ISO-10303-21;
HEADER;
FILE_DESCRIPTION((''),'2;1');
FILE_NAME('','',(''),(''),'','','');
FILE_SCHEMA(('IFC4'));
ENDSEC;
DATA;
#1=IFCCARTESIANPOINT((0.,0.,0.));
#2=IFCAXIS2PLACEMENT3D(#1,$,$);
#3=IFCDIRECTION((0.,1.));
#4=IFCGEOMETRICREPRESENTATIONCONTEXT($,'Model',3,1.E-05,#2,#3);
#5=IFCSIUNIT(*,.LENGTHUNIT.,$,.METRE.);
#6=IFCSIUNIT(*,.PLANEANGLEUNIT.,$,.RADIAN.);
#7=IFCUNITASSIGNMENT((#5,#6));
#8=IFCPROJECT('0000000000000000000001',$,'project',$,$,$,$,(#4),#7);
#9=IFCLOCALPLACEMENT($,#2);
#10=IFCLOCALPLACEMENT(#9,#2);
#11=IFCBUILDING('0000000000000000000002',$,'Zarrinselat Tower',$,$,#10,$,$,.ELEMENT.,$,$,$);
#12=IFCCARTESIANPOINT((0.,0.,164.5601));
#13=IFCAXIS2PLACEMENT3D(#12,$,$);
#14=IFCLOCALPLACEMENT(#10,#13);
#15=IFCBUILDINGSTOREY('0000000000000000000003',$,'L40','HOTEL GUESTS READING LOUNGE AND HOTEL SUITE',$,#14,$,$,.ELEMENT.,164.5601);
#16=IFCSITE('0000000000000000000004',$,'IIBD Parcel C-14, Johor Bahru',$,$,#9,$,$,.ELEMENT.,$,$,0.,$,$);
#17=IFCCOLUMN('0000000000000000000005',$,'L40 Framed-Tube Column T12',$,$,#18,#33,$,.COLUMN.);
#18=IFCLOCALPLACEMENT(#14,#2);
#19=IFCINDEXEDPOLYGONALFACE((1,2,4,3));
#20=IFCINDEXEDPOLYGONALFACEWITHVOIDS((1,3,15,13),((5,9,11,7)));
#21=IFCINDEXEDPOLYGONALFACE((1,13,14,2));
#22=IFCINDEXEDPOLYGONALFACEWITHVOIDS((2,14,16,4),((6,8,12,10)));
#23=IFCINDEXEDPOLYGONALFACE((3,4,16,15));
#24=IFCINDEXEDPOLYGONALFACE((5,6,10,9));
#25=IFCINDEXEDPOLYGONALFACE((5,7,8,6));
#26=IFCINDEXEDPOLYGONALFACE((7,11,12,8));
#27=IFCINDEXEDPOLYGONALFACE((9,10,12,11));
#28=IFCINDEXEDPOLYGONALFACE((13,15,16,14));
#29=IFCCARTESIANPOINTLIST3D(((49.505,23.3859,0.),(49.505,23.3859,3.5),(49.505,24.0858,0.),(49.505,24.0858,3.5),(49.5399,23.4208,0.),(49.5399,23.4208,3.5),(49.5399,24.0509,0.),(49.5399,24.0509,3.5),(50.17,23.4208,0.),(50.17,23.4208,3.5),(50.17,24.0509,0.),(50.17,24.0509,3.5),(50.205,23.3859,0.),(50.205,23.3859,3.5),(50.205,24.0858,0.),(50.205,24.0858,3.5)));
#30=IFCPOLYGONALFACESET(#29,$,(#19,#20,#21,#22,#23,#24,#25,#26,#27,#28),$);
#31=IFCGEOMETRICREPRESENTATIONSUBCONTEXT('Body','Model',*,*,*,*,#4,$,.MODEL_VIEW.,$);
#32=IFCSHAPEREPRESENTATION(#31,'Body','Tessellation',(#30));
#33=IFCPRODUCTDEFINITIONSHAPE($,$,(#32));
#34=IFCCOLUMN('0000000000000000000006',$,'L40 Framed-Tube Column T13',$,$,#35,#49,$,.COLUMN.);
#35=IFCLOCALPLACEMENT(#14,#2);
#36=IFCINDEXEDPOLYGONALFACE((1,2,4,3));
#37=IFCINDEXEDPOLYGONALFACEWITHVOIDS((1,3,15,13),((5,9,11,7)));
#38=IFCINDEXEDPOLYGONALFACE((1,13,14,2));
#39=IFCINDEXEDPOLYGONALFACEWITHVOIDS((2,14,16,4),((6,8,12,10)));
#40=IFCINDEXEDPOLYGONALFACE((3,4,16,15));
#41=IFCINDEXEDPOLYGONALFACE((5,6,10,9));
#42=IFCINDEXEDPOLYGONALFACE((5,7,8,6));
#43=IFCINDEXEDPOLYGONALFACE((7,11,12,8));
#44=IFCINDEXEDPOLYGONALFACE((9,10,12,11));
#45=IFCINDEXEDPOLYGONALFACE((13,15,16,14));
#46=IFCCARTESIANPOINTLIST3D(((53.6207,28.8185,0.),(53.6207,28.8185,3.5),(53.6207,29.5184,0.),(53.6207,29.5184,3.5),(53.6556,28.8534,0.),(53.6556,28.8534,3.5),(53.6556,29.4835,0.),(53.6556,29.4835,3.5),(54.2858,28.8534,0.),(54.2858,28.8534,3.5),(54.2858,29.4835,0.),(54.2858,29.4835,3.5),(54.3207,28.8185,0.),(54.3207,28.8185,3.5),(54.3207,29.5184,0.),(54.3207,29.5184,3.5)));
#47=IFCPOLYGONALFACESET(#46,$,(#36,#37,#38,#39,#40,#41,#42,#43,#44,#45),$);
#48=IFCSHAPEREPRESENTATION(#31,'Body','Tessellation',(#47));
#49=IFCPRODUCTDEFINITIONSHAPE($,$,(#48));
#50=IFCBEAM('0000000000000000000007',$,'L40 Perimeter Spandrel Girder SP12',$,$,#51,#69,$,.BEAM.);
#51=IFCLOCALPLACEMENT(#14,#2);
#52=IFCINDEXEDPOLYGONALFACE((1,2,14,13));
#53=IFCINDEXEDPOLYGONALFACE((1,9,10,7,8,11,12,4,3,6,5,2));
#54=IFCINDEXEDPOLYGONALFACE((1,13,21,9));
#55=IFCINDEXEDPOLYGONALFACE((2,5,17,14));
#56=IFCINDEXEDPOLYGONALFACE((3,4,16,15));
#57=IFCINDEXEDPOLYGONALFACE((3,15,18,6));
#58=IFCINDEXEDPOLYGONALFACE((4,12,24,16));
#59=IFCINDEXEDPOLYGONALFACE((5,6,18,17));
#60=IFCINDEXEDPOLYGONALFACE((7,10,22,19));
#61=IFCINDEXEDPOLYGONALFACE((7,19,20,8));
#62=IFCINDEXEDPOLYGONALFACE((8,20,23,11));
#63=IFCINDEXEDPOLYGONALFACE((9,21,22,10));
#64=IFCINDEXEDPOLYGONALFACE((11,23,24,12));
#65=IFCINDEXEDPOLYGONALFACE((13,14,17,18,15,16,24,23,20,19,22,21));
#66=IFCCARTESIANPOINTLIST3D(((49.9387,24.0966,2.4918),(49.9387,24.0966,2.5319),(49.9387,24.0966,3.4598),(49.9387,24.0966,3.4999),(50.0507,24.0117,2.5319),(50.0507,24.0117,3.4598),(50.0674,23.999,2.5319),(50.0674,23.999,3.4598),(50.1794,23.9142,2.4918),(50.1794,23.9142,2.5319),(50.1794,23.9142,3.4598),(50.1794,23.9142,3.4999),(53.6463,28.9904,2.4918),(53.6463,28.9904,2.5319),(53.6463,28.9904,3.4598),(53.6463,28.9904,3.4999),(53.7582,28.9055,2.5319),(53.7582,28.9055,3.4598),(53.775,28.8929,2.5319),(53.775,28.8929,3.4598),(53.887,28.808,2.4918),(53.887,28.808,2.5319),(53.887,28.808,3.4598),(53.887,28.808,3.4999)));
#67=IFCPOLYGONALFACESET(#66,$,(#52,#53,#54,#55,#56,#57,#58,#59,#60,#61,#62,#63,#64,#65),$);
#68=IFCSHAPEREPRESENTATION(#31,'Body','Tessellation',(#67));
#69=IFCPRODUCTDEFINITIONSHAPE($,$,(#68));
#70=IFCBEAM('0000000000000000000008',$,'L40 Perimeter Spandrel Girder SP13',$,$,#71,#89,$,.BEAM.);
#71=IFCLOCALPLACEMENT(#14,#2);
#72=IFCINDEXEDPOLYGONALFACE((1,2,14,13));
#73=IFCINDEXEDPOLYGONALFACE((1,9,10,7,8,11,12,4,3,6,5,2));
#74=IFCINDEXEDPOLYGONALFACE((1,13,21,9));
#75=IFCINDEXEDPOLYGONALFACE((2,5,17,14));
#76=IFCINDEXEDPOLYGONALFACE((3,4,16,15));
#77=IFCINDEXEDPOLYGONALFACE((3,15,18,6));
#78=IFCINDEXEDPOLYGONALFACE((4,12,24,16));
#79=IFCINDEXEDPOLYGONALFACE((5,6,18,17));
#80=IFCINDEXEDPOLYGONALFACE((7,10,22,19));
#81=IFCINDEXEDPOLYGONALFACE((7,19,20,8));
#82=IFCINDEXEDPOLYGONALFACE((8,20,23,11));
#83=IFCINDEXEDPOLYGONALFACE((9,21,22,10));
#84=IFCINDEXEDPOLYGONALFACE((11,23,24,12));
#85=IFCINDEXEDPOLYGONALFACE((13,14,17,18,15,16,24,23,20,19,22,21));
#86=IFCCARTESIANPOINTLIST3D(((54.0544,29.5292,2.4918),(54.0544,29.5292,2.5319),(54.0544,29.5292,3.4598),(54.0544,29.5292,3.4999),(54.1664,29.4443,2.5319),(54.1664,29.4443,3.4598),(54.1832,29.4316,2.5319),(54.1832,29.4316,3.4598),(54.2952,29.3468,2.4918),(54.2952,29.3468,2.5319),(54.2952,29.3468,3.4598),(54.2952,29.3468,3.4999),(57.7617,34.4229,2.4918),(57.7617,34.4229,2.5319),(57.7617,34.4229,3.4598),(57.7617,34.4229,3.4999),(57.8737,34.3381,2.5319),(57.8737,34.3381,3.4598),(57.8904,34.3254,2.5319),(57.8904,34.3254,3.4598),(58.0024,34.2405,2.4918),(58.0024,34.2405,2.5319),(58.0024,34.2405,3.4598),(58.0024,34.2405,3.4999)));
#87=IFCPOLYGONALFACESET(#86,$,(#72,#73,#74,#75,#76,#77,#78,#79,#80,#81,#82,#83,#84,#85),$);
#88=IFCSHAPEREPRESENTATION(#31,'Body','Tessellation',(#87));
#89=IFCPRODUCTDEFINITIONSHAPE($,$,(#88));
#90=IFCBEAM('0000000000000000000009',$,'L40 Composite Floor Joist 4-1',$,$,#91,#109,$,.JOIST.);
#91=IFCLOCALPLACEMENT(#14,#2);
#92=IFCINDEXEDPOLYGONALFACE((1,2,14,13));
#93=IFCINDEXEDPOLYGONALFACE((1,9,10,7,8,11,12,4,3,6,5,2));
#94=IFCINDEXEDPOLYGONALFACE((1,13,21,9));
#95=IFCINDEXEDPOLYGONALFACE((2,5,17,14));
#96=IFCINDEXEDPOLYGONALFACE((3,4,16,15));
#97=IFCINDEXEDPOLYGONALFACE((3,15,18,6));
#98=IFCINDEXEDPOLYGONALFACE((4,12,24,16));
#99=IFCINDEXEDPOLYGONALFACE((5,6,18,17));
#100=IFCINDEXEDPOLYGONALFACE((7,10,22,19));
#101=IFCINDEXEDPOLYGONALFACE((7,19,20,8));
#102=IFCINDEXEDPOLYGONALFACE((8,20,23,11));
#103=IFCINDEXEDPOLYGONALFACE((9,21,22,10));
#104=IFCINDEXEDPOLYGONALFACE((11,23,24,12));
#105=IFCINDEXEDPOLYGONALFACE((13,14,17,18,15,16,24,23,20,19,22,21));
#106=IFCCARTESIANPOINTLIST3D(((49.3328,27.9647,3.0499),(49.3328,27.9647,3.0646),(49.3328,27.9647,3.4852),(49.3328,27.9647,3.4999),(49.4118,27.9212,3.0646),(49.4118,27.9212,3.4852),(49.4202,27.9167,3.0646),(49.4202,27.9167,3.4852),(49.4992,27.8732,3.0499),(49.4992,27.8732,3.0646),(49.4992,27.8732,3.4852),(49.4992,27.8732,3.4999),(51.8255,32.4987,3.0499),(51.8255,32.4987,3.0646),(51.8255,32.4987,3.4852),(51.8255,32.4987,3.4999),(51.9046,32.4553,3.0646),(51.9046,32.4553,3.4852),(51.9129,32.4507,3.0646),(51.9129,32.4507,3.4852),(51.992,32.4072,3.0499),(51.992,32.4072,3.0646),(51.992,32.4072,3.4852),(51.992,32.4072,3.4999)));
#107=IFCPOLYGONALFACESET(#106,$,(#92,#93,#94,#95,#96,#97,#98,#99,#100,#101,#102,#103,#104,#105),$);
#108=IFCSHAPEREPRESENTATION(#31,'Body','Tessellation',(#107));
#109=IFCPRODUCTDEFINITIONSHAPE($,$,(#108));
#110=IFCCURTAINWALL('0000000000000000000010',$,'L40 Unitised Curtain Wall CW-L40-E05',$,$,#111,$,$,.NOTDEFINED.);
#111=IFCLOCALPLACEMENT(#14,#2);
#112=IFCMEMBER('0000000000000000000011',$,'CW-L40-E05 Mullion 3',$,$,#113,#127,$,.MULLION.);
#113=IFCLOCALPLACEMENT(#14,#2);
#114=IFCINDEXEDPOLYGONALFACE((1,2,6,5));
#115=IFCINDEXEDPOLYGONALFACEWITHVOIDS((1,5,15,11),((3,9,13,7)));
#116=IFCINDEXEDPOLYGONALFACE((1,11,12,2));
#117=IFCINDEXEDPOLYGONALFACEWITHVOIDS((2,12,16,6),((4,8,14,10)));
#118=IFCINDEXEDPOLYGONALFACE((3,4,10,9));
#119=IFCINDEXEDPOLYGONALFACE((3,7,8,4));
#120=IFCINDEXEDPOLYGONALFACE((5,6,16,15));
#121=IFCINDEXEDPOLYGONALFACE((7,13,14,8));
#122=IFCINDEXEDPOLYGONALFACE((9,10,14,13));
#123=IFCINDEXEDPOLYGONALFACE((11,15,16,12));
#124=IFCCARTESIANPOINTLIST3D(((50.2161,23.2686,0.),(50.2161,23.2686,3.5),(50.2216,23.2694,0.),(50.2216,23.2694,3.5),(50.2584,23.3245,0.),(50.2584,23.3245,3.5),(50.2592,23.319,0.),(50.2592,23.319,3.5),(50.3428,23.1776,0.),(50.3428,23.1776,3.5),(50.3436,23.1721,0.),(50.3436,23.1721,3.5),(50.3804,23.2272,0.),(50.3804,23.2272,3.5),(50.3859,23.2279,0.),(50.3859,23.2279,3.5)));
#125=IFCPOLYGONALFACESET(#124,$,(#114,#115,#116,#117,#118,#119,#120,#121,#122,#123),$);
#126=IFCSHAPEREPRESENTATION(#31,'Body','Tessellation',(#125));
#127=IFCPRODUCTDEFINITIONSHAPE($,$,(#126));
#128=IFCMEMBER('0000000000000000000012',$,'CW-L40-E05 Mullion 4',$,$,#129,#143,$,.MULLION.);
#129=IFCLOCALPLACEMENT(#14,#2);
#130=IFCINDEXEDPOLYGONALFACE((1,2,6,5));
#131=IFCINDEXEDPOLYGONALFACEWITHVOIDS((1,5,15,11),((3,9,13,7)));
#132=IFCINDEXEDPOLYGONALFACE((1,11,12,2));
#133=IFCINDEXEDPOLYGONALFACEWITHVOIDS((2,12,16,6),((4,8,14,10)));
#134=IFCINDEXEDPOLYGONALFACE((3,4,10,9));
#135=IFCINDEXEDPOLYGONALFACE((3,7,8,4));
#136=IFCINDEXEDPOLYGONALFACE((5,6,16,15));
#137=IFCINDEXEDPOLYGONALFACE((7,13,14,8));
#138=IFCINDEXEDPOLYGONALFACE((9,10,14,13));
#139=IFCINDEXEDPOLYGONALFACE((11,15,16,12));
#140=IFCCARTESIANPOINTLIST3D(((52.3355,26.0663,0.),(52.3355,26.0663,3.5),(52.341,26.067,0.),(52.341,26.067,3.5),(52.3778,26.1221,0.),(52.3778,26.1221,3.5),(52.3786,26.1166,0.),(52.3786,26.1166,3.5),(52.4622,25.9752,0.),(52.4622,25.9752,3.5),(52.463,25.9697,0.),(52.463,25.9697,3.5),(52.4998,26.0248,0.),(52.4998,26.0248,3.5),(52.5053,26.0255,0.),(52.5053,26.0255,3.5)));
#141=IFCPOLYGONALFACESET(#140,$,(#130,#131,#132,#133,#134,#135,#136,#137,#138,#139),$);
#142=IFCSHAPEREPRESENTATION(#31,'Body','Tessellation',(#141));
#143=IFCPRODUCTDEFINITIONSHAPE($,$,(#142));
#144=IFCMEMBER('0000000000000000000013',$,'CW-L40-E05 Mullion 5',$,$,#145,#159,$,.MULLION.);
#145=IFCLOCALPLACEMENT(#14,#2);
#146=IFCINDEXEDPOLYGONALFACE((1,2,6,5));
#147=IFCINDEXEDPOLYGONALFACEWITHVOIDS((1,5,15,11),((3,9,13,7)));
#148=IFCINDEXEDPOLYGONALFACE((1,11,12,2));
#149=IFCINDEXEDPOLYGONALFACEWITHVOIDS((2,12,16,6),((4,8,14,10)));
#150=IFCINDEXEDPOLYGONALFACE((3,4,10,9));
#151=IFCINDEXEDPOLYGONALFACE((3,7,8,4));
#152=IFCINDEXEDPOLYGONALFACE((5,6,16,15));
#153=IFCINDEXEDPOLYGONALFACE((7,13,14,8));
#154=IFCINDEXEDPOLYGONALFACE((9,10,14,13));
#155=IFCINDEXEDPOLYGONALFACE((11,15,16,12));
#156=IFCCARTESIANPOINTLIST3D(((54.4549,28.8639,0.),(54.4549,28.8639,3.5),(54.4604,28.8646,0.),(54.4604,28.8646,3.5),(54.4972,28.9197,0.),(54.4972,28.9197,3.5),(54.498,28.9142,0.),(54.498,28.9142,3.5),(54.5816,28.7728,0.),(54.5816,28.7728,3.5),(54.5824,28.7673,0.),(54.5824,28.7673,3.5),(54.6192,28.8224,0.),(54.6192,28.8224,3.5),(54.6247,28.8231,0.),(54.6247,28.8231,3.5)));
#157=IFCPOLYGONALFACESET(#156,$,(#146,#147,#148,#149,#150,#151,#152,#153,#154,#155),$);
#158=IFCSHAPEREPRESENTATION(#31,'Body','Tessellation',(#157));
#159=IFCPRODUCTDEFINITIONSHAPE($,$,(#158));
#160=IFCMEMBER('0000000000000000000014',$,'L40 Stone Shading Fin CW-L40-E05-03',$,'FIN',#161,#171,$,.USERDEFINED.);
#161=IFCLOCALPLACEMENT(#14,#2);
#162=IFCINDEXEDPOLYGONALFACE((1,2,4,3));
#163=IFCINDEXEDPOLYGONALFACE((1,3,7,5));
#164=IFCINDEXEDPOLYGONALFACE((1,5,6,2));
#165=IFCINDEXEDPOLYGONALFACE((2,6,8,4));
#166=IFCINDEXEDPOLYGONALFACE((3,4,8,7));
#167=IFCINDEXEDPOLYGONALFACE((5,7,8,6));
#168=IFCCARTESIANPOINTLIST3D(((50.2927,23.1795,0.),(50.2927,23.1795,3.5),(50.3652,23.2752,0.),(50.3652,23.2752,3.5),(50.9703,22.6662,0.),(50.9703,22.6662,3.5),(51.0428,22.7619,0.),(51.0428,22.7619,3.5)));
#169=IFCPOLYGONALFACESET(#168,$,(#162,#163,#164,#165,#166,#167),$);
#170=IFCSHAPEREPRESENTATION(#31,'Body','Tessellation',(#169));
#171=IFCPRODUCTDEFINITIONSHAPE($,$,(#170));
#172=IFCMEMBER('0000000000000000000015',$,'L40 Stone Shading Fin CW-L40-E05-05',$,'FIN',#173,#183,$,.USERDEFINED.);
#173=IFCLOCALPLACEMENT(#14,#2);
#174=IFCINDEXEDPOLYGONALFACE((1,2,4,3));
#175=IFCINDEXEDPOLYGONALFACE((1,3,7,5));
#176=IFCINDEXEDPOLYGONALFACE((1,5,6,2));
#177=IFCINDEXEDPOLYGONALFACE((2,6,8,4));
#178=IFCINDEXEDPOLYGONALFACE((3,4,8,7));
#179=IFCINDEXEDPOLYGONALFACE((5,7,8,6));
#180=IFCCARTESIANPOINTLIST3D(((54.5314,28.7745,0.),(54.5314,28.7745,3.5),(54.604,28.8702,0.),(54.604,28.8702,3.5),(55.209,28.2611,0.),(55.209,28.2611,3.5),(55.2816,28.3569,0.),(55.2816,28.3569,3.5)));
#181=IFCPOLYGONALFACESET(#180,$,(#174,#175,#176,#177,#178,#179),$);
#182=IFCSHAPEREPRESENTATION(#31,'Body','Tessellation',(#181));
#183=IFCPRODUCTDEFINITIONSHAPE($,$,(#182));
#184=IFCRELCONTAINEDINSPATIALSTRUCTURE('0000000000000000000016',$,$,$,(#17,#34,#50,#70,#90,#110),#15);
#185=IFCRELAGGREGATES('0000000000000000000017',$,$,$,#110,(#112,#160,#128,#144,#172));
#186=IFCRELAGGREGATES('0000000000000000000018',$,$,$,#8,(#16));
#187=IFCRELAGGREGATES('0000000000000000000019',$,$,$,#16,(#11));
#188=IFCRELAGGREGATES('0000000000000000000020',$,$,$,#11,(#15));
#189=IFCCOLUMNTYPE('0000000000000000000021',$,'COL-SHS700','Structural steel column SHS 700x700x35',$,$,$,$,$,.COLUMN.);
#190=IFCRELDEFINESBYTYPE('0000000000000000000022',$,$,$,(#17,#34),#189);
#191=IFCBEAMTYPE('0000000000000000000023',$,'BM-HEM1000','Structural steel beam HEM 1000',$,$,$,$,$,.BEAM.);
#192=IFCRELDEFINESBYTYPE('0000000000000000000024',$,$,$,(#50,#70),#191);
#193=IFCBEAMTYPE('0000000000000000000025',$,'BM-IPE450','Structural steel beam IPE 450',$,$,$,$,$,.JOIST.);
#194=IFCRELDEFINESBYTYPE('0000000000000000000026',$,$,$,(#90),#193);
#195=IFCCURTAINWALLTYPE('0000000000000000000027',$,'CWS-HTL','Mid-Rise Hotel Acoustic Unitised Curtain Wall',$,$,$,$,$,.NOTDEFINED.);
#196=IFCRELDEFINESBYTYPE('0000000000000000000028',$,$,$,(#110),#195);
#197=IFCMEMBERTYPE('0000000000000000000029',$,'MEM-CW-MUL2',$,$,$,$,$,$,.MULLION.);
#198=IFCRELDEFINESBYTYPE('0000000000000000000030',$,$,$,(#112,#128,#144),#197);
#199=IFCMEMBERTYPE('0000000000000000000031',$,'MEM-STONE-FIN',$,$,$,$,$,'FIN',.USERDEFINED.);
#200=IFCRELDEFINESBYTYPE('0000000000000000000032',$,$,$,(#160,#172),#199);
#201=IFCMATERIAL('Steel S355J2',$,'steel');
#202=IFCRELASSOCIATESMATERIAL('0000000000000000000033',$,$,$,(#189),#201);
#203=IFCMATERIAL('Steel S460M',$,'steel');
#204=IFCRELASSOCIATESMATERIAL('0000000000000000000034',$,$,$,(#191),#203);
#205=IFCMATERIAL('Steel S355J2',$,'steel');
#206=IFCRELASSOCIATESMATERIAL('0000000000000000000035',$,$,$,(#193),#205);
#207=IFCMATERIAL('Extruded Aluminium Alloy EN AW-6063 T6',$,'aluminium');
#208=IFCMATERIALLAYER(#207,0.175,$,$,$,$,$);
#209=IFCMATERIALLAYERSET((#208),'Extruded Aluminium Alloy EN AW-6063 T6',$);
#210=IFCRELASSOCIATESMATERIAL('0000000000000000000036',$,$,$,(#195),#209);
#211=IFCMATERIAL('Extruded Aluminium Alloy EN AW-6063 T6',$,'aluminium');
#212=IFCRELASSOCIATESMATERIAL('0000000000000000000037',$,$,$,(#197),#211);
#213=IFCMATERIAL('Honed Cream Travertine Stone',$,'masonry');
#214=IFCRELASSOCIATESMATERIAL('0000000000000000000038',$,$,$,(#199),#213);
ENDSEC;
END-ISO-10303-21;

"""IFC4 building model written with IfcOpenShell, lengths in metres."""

from ifc_helpers import new_model, si_unit, direction, frame, origin, origin_2d, place, context, subcontext, project, spatial, rectangle, hollow_rectangle, i_section, extrude, material, layer, layer_set, material_profile, profile_set, type_object, element, aggregate, save


model = new_model("IFC4")

# Units and contexts
model_context = context("Model", 3, precision=1e-05, world=origin(), true_north=direction((0.0, 1.0)))
body_context = subcontext(model_context, "Body", "Model", "MODEL_VIEW")
ifc_project = project(units=[si_unit("LENGTHUNIT", "METRE"), si_unit("PLANEANGLEUNIT", "RADIAN")], contexts=[model_context])

# Site, building, storey
site_placement = place(None, origin())
site = spatial("IfcSite", under=ifc_project, at=site_placement, Name="IIBD Parcel C-14, Johor Bahru", CompositionType="ELEMENT", RefElevation=0.0)
building_placement = place(site_placement, origin())
building = spatial("IfcBuilding", under=site, at=building_placement, Name="Zarrinselat Tower", CompositionType="ELEMENT")
storey_placement = place(building_placement, frame((0.0, 0.0, 164.5601)))
storey = spatial("IfcBuildingStorey", under=building, at=storey_placement, Name="L40", Description="HOTEL GUESTS READING LOUNGE AND HOTEL SUITE", CompositionType="ELEMENT", Elevation=164.5601)

# Columns
ifc_material_1 = material(Name="Steel S355J2", Category="steel")
ifc_material_profile_1 = material_profile(ifc_material_1, hollow_rectangle(XDim=0.7, YDim=0.7, WallThickness=0.0349, at=origin_2d()), Name="SHS 700x700x35")
ifc_profile_set_1 = profile_set([ifc_material_profile_1], Name="Steel S355J2")
column_type = type_object("IfcColumnType", Name="COL-SHS700", Description="Structural steel column SHS 700x700x35", PredefinedType="COLUMN", material=ifc_profile_set_1)
for number, where, z_axis, x_axis, name in (
    (1, (49.855, 23.7358, 0.0), (0.0, 0.0, 1.0), (1.0, 0.0, 0.0), "L40 Framed-Tube Column T12"),
    (2, (53.9707, 29.1685, 0.0), (0.0, 0.0, 1.0), (1.0, 0.0, 0.0), "L40 Framed-Tube Column T13"),
):
    element("IfcColumn", number, at=place(storey_placement, frame(where, z_axis=z_axis, x_axis=x_axis)), inside=storey, type_object=column_type, Name=name, PredefinedType="COLUMN", context=body_context, shape_type="SweptSolid", body=[
        extrude(hollow_rectangle(XDim=0.7, YDim=0.7, WallThickness=0.0349, at=origin_2d()), origin(), (0.0, 0.0, 1.0), 3.5),
    ])

# Beams
ifc_material_2 = material(Name="Steel S460M", Category="steel")
ifc_material_profile_2 = material_profile(ifc_material_2, i_section(OverallWidth=0.302, OverallDepth=1.0081, WebThickness=0.021, FlangeThickness=0.04, at=origin_2d()), Name="HEM 1000")
ifc_profile_set_2 = profile_set([ifc_material_profile_2], Name="Steel S460M")
beam_type_1 = type_object("IfcBeamType", Name="BM-HEM1000", Description="Structural steel beam HEM 1000", PredefinedType="BEAM", material=ifc_profile_set_2)
beam_1_placement = place(storey_placement, frame((50.0591, 24.0054, 2.9958), z_axis=(0.603868, 0.797085, 0.0), x_axis=(-0.797085, 0.603868, 0.0)))
element("IfcBeam", 3, at=beam_1_placement, inside=storey, type_object=beam_type_1, Name="L40 Perimeter Spandrel Girder SP12", PredefinedType="BEAM", context=body_context, shape_type="SweptSolid", body=[
    extrude(i_section(OverallWidth=0.302, OverallDepth=1.0081, WebThickness=0.021, FlangeThickness=0.04, at=origin_2d()), origin(), (0.0, 0.0, 1.0), 6.1396),
])
beam_2_placement = place(storey_placement, frame((54.1748, 29.438, 2.9958), z_axis=(0.603842, 0.797104, 0.0), x_axis=(-0.797104, 0.603842, 0.0)))
element("IfcBeam", 4, at=beam_2_placement, inside=storey, type_object=beam_type_1, Name="L40 Perimeter Spandrel Girder SP13", PredefinedType="BEAM", context=body_context, shape_type="SweptSolid", body=[
    extrude(i_section(OverallWidth=0.302, OverallDepth=1.0081, WebThickness=0.021, FlangeThickness=0.04, at=origin_2d()), origin(), (0.0, 0.0, 1.0), 6.1394),
])
ifc_material_3 = material(Name="Steel S355J2", Category="steel")
ifc_material_profile_3 = material_profile(ifc_material_3, i_section(OverallWidth=0.1899, OverallDepth=0.45, WebThickness=0.0095, FlangeThickness=0.0146, at=origin_2d()), Name="IPE 450")
ifc_profile_set_3 = profile_set([ifc_material_profile_3], Name="Steel S355J2")
beam_type_2 = type_object("IfcBeamType", Name="BM-IPE450", Description="Structural steel beam IPE 450", PredefinedType="JOIST", material=ifc_profile_set_3)
beam_3_placement = place(storey_placement, frame((49.416, 27.9189, 3.2749), z_axis=(0.481772, 0.876297, 0.0), x_axis=(-0.876297, 0.481772, 0.0)))
element("IfcBeam", 5, at=beam_3_placement, inside=storey, type_object=beam_type_2, Name="L40 Composite Floor Joist 4-1", PredefinedType="JOIST", context=body_context, shape_type="SweptSolid", body=[
    extrude(i_section(OverallWidth=0.1899, OverallDepth=0.45, WebThickness=0.0095, FlangeThickness=0.0146, at=origin_2d()), origin(), (0.0, 0.0, 1.0), 5.1741),
])

# Curtain wall, members
ifc_material_4 = material(Name="Extruded Aluminium Alloy EN AW-6063 T6", Category="aluminium")
ifc_layer_1 = layer(ifc_material_4, 0.175)
ifc_layer_set_1 = layer_set([ifc_layer_1], Name="Extruded Aluminium Alloy EN AW-6063 T6")
curtain_wall_type = type_object("IfcCurtainWallType", Name="CWS-HTL", Description="Mid-Rise Hotel Acoustic Unitised Curtain Wall", PredefinedType="NOTDEFINED", material=ifc_layer_set_1)
curtain_wall_placement = place(storey_placement, origin())
curtain_wall = element("IfcCurtainWall", 6, at=curtain_wall_placement, inside=storey, type_object=curtain_wall_type, Name="L40 Unitised Curtain Wall CW-L40-E05", PredefinedType="NOTDEFINED")
ifc_material_5 = material(Name="Extruded Aluminium Alloy EN AW-6063 T6", Category="aluminium")
ifc_material_profile_4 = material_profile(ifc_material_5, hollow_rectangle(XDim=0.0701, YDim=0.1599, WallThickness=0.0039, at=origin_2d()), Name="RHS 160x70x4")
ifc_profile_set_4 = profile_set([ifc_material_profile_4], Name="Extruded Aluminium Alloy EN AW-6063 T6")
member_type_1 = type_object("IfcMemberType", Name="MEM-CW-MUL2", PredefinedType="MULLION", material=ifc_profile_set_4)
member_1_placement = place(storey_placement, frame((50.301, 23.2483, 0.0), z_axis=(0.0, 0.0, 1.0), x_axis=(0.603859, 0.797091, 0.0)))
member_1 = element("IfcMember", 7, at=member_1_placement, type_object=member_type_1, Name="CW-L40-E05 Mullion 3", PredefinedType="MULLION", context=body_context, shape_type="SweptSolid", body=[
    extrude(hollow_rectangle(XDim=0.0701, YDim=0.1599, WallThickness=0.0039, at=origin_2d()), origin(), (0.0, 0.0, 1.0), 3.5),
])
member_2_placement = place(storey_placement, frame((52.4204, 26.0459, 0.0), z_axis=(0.0, 0.0, 1.0), x_axis=(0.603859, 0.797091, 0.0)))
member_2 = element("IfcMember", 8, at=member_2_placement, type_object=member_type_1, Name="CW-L40-E05 Mullion 4", PredefinedType="MULLION", context=body_context, shape_type="SweptSolid", body=[
    extrude(hollow_rectangle(XDim=0.0701, YDim=0.1599, WallThickness=0.0039, at=origin_2d()), origin(), (0.0, 0.0, 1.0), 3.5),
])
member_3_placement = place(storey_placement, frame((54.5398, 28.8435, 0.0), z_axis=(0.0, 0.0, 1.0), x_axis=(0.603859, 0.797091, 0.0)))
member_3 = element("IfcMember", 9, at=member_3_placement, type_object=member_type_1, Name="CW-L40-E05 Mullion 5", PredefinedType="MULLION", context=body_context, shape_type="SweptSolid", body=[
    extrude(hollow_rectangle(XDim=0.0701, YDim=0.1599, WallThickness=0.0039, at=origin_2d()), origin(), (0.0, 0.0, 1.0), 3.5),
])
ifc_material_6 = material(Name="Honed Cream Travertine Stone", Category="masonry")
ifc_material_profile_5 = material_profile(ifc_material_6, rectangle(XDim=0.1201, YDim=0.8501, at=origin_2d()), Name="FIN 850x120")
ifc_profile_set_5 = profile_set([ifc_material_profile_5], Name="Honed Cream Travertine Stone")
member_type_2 = type_object("IfcMemberType", Name="MEM-STONE-FIN", ElementType="FIN", PredefinedType="USERDEFINED", material=ifc_profile_set_5)
member_4_placement = place(storey_placement, frame((50.6677, 22.9707, 0.0), z_axis=(0.0, 0.0, 1.0), x_axis=(-0.603859, -0.797091, 0.0)))
member_4 = element("IfcMember", 10, at=member_4_placement, type_object=member_type_2, Name="L40 Stone Shading Fin CW-L40-E05-03", ObjectType="FIN", PredefinedType="USERDEFINED", context=body_context, shape_type="SweptSolid", body=[
    extrude(rectangle(XDim=0.1201, YDim=0.8501, at=origin_2d()), origin(), (0.0, 0.0, 1.0), 3.5),
])
member_5_placement = place(storey_placement, frame((54.9065, 28.5657, 0.0), z_axis=(0.0, 0.0, 1.0), x_axis=(-0.603859, -0.797091, 0.0)))
member_5 = element("IfcMember", 11, at=member_5_placement, type_object=member_type_2, Name="L40 Stone Shading Fin CW-L40-E05-05", ObjectType="FIN", PredefinedType="USERDEFINED", context=body_context, shape_type="SweptSolid", body=[
    extrude(rectangle(XDim=0.1201, YDim=0.8501, at=origin_2d()), origin(), (0.0, 0.0, 1.0), 3.5),
])
aggregate(curtain_wall, [member_1, member_4, member_2, member_3, member_5])

save(model, "model.ifc")
